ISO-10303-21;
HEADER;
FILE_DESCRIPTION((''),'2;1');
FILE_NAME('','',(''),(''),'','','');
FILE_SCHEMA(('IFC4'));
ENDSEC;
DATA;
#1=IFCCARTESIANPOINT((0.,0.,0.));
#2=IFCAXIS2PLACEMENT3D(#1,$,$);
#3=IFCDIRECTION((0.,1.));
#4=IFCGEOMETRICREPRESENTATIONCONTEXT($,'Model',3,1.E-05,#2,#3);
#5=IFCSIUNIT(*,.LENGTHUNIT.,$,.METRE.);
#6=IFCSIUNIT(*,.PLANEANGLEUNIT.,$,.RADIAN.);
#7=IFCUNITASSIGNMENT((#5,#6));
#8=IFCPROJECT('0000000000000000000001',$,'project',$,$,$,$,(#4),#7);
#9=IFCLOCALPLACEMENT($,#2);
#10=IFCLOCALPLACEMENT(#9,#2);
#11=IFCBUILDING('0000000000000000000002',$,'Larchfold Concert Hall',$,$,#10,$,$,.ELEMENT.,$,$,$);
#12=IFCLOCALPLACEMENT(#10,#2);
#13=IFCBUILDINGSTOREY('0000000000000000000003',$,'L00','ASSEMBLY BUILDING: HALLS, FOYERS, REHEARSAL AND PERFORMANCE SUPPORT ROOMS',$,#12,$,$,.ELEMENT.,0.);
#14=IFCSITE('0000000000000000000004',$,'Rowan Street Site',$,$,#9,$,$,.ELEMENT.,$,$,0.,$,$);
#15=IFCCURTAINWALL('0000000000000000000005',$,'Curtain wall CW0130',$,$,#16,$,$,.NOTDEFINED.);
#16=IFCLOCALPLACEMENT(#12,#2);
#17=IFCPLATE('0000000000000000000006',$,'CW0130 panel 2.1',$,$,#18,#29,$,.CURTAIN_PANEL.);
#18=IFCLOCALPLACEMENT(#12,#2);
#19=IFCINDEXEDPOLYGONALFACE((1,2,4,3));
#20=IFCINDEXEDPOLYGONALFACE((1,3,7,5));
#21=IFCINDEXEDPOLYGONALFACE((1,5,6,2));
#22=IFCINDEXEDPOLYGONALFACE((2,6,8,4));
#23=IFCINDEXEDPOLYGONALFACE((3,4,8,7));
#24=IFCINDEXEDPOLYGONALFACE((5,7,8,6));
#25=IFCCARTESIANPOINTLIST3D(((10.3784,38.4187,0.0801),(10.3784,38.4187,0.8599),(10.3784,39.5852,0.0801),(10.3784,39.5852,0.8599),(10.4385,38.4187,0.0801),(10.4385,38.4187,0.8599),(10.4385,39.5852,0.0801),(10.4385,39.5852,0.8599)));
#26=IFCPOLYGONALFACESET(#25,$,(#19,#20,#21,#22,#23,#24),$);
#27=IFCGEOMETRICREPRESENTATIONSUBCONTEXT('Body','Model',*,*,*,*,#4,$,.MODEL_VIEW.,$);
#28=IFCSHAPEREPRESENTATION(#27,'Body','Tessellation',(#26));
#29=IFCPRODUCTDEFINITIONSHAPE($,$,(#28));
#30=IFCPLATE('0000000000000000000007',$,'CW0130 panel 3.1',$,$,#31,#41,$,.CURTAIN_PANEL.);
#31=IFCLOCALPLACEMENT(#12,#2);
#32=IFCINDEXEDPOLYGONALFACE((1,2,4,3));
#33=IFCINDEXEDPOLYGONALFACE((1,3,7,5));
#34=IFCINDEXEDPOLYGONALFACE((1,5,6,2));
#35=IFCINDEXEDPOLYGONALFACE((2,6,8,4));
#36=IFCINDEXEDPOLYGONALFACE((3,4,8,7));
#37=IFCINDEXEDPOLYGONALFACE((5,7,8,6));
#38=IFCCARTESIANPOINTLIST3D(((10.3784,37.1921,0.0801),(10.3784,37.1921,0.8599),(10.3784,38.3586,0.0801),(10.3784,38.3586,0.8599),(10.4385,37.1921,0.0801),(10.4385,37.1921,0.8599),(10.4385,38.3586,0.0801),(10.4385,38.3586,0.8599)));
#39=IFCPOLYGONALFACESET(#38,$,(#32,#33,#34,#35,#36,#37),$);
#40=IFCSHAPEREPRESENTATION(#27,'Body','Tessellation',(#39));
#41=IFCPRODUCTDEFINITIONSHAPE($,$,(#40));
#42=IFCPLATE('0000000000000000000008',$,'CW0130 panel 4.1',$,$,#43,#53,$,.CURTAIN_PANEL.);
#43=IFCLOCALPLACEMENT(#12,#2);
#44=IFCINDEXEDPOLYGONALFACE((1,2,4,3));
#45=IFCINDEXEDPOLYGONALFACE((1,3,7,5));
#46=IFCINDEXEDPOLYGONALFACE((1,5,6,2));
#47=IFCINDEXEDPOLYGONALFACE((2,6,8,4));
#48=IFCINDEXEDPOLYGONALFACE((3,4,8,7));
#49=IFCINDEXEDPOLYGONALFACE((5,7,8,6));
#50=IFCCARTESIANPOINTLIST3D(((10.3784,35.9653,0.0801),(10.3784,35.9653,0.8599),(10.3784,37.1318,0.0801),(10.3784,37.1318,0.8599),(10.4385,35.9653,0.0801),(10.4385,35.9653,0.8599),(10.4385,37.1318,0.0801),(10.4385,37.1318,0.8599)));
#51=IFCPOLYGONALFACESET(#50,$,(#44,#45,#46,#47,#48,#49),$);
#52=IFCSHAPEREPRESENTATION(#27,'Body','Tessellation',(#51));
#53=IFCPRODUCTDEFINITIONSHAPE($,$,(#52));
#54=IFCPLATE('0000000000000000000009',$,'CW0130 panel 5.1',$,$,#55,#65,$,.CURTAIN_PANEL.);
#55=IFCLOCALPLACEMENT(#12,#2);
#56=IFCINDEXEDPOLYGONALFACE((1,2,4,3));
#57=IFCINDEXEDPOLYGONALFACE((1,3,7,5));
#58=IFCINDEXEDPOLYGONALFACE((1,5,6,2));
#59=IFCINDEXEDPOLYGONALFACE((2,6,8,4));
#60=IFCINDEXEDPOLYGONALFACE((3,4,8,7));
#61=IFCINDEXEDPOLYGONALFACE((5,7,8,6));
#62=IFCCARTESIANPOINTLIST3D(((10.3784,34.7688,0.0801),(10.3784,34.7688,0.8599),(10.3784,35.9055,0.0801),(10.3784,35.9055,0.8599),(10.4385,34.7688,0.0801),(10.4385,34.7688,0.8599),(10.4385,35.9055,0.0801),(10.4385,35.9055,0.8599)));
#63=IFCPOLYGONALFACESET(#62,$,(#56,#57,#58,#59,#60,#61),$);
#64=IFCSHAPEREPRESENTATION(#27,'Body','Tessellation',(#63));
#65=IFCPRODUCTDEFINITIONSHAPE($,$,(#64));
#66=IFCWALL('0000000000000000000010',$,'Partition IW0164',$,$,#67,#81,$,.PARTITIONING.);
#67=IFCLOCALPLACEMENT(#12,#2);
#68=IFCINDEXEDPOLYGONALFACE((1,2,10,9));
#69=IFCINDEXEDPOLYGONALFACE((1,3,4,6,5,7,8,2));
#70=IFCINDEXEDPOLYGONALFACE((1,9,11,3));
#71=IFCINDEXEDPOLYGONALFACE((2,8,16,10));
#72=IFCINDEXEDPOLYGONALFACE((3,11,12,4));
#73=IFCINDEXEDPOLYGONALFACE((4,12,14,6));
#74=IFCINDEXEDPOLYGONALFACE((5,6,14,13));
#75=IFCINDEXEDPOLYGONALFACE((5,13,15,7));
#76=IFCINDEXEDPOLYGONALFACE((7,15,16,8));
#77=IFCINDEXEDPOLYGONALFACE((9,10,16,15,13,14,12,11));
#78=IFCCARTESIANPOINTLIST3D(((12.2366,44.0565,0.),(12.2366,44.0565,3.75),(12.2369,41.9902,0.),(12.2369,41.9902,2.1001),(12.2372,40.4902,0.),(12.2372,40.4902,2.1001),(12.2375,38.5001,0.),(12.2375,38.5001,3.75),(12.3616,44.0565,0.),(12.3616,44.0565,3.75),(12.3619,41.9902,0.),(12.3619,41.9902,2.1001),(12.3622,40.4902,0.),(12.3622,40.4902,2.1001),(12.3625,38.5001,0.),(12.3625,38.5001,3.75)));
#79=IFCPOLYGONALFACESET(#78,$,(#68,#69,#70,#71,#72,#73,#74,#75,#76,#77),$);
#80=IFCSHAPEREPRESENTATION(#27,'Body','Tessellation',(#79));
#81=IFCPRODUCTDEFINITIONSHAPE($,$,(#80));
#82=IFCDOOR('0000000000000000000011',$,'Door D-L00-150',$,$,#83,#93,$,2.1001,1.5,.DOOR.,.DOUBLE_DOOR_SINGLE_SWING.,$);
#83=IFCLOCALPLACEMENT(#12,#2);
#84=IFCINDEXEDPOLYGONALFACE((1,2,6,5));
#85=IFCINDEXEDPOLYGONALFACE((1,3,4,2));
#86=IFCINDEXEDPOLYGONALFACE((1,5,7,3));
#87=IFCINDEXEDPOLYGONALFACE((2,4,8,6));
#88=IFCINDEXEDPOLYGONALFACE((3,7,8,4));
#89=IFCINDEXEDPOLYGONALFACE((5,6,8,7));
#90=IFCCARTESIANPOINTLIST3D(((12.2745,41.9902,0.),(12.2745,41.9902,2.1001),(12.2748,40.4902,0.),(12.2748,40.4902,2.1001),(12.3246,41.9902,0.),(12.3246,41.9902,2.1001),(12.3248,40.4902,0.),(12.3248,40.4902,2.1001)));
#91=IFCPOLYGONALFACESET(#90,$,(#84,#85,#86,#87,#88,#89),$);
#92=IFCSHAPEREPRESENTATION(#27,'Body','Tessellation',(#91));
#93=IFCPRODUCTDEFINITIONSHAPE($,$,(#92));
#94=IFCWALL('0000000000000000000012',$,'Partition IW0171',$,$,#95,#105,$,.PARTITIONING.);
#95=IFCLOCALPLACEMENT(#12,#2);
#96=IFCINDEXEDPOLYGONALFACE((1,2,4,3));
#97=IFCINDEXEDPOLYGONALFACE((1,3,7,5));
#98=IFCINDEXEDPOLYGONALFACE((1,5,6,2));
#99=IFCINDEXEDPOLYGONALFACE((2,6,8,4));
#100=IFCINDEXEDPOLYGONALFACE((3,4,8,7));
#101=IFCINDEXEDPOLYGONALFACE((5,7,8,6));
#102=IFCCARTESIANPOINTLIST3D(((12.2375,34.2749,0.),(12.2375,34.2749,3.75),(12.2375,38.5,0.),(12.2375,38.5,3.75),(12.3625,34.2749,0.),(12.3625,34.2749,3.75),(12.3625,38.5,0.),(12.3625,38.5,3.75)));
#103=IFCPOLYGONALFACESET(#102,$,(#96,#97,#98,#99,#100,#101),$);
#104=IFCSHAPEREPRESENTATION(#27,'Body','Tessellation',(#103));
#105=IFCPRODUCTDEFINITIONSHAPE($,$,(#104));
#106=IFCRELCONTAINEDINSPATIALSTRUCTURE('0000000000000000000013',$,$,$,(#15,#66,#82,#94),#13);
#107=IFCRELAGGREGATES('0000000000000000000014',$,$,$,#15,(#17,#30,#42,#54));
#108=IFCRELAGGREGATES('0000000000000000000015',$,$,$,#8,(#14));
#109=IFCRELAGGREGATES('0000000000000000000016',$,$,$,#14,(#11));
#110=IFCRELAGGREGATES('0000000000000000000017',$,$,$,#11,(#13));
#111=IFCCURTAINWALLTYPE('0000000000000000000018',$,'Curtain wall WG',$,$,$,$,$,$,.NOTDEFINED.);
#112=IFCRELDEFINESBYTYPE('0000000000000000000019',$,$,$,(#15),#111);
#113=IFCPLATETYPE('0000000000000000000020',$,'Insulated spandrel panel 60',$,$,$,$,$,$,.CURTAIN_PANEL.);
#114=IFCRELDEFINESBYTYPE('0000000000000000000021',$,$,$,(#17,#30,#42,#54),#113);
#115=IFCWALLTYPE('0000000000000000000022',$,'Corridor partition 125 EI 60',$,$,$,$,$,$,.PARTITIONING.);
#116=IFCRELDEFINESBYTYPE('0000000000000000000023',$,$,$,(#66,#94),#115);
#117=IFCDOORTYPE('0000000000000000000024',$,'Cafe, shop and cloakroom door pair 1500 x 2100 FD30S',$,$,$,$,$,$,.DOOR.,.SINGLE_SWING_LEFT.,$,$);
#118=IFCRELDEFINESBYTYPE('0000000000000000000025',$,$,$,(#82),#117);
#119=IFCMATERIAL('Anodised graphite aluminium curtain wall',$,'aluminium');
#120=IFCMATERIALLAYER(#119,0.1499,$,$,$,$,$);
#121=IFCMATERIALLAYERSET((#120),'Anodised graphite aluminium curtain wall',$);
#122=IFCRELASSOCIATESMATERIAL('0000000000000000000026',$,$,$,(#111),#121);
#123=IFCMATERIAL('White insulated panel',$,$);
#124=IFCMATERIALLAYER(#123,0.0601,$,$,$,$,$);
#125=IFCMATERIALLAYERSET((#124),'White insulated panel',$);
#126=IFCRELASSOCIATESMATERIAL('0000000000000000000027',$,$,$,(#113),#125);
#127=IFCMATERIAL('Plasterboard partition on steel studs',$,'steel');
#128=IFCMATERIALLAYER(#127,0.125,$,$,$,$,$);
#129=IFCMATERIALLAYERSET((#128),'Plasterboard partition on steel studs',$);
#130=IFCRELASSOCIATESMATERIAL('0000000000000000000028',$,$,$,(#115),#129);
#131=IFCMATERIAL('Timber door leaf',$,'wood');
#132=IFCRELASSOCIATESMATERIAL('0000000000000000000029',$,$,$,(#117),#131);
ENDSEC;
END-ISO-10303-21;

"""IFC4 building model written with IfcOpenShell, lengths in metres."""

from ifc_helpers import new_model, si_unit, direction, frame, frame_2d, origin, origin_2d, place, context, subcontext, project, spatial, rectangle, extrude, material, layer, layer_set, type_object, element, fill, aggregate, save


model = new_model("IFC4")

# Units and contexts
model_context = context("Model", 3, precision=1e-05, world=origin(), true_north=direction((0.0, 1.0)))
body_context = subcontext(model_context, "Body", "Model", "MODEL_VIEW")
ifc_project = project(units=[si_unit("LENGTHUNIT", "METRE"), si_unit("PLANEANGLEUNIT", "RADIAN")], contexts=[model_context])

# Site, building, storey
site_placement = place(None, origin())
site = spatial("IfcSite", under=ifc_project, at=site_placement, Name="Rowan Street Site", CompositionType="ELEMENT", RefElevation=0.0)
building_placement = place(site_placement, origin())
building = spatial("IfcBuilding", under=site, at=building_placement, Name="Larchfold Concert Hall", CompositionType="ELEMENT")
storey_placement = place(building_placement, origin())
storey = spatial("IfcBuildingStorey", under=building, at=storey_placement, Name="L00", Description="ASSEMBLY BUILDING: HALLS, FOYERS, REHEARSAL AND PERFORMANCE SUPPORT ROOMS", CompositionType="ELEMENT", Elevation=0.0)

# Curtain wall, plates
ifc_material_1 = material(Name="Anodised graphite aluminium curtain wall", Category="aluminium")
ifc_layer_1 = layer(ifc_material_1, 0.1499)
ifc_layer_set_1 = layer_set([ifc_layer_1], Name="Anodised graphite aluminium curtain wall")
curtain_wall_type = type_object("IfcCurtainWallType", Name="Curtain wall WG", PredefinedType="NOTDEFINED", material=ifc_layer_set_1)
curtain_wall_placement = place(storey_placement, origin())
curtain_wall = element("IfcCurtainWall", 1, at=curtain_wall_placement, inside=storey, type_object=curtain_wall_type, Name="Curtain wall CW0130", PredefinedType="NOTDEFINED")
ifc_material_2 = material(Name="White insulated panel")
ifc_layer_2 = layer(ifc_material_2, 0.0601)
ifc_layer_set_2 = layer_set([ifc_layer_2], Name="White insulated panel")
plate_type_1 = type_object("IfcPlateType", Name="Insulated spandrel panel 60", PredefinedType="CURTAIN_PANEL", material=ifc_layer_set_2)
plate_1_placement = place(storey_placement, frame((10.4084, 39.002, 0.0801), z_axis=(0.0, 0.0, 1.0), x_axis=(0.0, -1.0, 0.0)))
plate_1 = element("IfcPlate", 2, at=plate_1_placement, type_object=plate_type_1, Name="CW0130 panel 2.1", PredefinedType="CURTAIN_PANEL", context=body_context, shape_type="SweptSolid", body=[
    extrude(rectangle(XDim=1.1665, YDim=0.0601, at=origin_2d()), origin(), (0.0, 0.0, 1.0), 0.7798),
])
plate_2_placement = place(storey_placement, frame((10.4084, 37.7754, 0.0801), z_axis=(0.0, 0.0, 1.0), x_axis=(0.0, -1.0, 0.0)))
plate_2 = element("IfcPlate", 3, at=plate_2_placement, type_object=plate_type_1, Name="CW0130 panel 3.1", PredefinedType="CURTAIN_PANEL", context=body_context, shape_type="SweptSolid", body=[
    extrude(rectangle(XDim=1.1665, YDim=0.0601, at=origin_2d()), origin(), (0.0, 0.0, 1.0), 0.7798),
])
plate_3_placement = place(storey_placement, frame((10.4084, 36.5486, 0.0801), z_axis=(0.0, 0.0, 1.0), x_axis=(0.0, -1.0, 0.0)))
plate_3 = element("IfcPlate", 4, at=plate_3_placement, type_object=plate_type_1, Name="CW0130 panel 4.1", PredefinedType="CURTAIN_PANEL", context=body_context, shape_type="SweptSolid", body=[
    extrude(rectangle(XDim=1.1665, YDim=0.0601, at=origin_2d()), origin(), (0.0, 0.0, 1.0), 0.7798),
])
plate_4_placement = place(storey_placement, frame((10.4084, 35.3372, 0.0801), z_axis=(0.0, 0.0, 1.0), x_axis=(0.0, -1.0, 0.0)))
plate_4 = element("IfcPlate", 5, at=plate_4_placement, type_object=plate_type_1, Name="CW0130 panel 5.1", PredefinedType="CURTAIN_PANEL", context=body_context, shape_type="SweptSolid", body=[
    extrude(rectangle(XDim=1.1367, YDim=0.0601, at=origin_2d()), origin(), (0.0, 0.0, 1.0), 0.7798),
])
aggregate(curtain_wall, [plate_1, plate_2, plate_3, plate_4])

# Wall, opening, door
ifc_material_3 = material(Name="Plasterboard partition on steel studs", Category="steel")
ifc_layer_3 = layer(ifc_material_3, 0.125)
ifc_layer_set_3 = layer_set([ifc_layer_3], Name="Plasterboard partition on steel studs")
wall_type = type_object("IfcWallType", Name="Corridor partition 125 EI 60", PredefinedType="PARTITIONING", material=ifc_layer_set_3)
wall_1_placement = place(storey_placement, frame((12.3, 38.5, 0.0), z_axis=(0.0, 0.0, 1.0), x_axis=(-0.000176, 1.0, 0.0)))
wall_1 = element("IfcWall", 6, at=wall_1_placement, inside=storey, type_object=wall_type, Name="Partition IW0164", PredefinedType="PARTITIONING", context=body_context, shape_type="SweptSolid", body=[
    extrude(rectangle(XDim=5.5564, YDim=0.125, at=frame_2d((2.7783, 0.0))), origin(), (0.0, 0.0, 1.0), 3.75),
])
opening_placement = place(wall_1_placement, frame((1.9902, 0.0, 0.0)))
opening = element("IfcOpeningElement", 7, at=opening_placement, cuts=wall_1, PredefinedType="OPENING", context=body_context, shape_type="SweptSolid", body=[
    extrude(rectangle(XDim=1.5, YDim=2.1001, at=frame_2d((0.75, 1.05))), frame((0.0, 0.0725, 0.0), z_axis=(0.0, -1.0, 0.0), x_axis=(1.0, 0.0, 0.0)), (0.0, 0.0, 1.0), 0.145),
])
ifc_material_4 = material(Name="Timber door leaf", Category="wood")
door_type = type_object("IfcDoorType", Name="Cafe, shop and cloakroom door pair 1500 x 2100 FD30S", OperationType="SINGLE_SWING_LEFT", PredefinedType="DOOR", material=ifc_material_4)
door_placement = place(opening_placement, origin())
door = element("IfcDoor", 8, at=door_placement, inside=storey, type_object=door_type, Name="Door D-L00-150", OperationType="DOUBLE_DOOR_SINGLE_SWING", OverallHeight=2.1001, OverallWidth=1.5, PredefinedType="DOOR", context=body_context, shape_type="SweptSolid", body=[
    extrude(rectangle(XDim=1.5, YDim=2.1001, at=frame_2d((0.75, 1.05))), frame((0.0, 0.0249, 0.0), z_axis=(0.0, -1.0, 0.0), x_axis=(1.0, 0.0, 0.0)), (0.0, 0.0, 1.0), 0.05),
])
fill(opening, door)

# Wall
wall_2_placement = place(storey_placement, frame((12.3, 38.5, 0.0), z_axis=(0.0, 0.0, 1.0), x_axis=(0.0, -1.0, 0.0)))
element("IfcWall", 9, at=wall_2_placement, inside=storey, type_object=wall_type, Name="Partition IW0171", PredefinedType="PARTITIONING", context=body_context, shape_type="SweptSolid", body=[
    extrude(rectangle(XDim=4.2251, YDim=0.125, at=frame_2d((2.1125, 0.0))), origin(), (0.0, 0.0, 1.0), 3.75),
])

save(model, "model.ifc")
